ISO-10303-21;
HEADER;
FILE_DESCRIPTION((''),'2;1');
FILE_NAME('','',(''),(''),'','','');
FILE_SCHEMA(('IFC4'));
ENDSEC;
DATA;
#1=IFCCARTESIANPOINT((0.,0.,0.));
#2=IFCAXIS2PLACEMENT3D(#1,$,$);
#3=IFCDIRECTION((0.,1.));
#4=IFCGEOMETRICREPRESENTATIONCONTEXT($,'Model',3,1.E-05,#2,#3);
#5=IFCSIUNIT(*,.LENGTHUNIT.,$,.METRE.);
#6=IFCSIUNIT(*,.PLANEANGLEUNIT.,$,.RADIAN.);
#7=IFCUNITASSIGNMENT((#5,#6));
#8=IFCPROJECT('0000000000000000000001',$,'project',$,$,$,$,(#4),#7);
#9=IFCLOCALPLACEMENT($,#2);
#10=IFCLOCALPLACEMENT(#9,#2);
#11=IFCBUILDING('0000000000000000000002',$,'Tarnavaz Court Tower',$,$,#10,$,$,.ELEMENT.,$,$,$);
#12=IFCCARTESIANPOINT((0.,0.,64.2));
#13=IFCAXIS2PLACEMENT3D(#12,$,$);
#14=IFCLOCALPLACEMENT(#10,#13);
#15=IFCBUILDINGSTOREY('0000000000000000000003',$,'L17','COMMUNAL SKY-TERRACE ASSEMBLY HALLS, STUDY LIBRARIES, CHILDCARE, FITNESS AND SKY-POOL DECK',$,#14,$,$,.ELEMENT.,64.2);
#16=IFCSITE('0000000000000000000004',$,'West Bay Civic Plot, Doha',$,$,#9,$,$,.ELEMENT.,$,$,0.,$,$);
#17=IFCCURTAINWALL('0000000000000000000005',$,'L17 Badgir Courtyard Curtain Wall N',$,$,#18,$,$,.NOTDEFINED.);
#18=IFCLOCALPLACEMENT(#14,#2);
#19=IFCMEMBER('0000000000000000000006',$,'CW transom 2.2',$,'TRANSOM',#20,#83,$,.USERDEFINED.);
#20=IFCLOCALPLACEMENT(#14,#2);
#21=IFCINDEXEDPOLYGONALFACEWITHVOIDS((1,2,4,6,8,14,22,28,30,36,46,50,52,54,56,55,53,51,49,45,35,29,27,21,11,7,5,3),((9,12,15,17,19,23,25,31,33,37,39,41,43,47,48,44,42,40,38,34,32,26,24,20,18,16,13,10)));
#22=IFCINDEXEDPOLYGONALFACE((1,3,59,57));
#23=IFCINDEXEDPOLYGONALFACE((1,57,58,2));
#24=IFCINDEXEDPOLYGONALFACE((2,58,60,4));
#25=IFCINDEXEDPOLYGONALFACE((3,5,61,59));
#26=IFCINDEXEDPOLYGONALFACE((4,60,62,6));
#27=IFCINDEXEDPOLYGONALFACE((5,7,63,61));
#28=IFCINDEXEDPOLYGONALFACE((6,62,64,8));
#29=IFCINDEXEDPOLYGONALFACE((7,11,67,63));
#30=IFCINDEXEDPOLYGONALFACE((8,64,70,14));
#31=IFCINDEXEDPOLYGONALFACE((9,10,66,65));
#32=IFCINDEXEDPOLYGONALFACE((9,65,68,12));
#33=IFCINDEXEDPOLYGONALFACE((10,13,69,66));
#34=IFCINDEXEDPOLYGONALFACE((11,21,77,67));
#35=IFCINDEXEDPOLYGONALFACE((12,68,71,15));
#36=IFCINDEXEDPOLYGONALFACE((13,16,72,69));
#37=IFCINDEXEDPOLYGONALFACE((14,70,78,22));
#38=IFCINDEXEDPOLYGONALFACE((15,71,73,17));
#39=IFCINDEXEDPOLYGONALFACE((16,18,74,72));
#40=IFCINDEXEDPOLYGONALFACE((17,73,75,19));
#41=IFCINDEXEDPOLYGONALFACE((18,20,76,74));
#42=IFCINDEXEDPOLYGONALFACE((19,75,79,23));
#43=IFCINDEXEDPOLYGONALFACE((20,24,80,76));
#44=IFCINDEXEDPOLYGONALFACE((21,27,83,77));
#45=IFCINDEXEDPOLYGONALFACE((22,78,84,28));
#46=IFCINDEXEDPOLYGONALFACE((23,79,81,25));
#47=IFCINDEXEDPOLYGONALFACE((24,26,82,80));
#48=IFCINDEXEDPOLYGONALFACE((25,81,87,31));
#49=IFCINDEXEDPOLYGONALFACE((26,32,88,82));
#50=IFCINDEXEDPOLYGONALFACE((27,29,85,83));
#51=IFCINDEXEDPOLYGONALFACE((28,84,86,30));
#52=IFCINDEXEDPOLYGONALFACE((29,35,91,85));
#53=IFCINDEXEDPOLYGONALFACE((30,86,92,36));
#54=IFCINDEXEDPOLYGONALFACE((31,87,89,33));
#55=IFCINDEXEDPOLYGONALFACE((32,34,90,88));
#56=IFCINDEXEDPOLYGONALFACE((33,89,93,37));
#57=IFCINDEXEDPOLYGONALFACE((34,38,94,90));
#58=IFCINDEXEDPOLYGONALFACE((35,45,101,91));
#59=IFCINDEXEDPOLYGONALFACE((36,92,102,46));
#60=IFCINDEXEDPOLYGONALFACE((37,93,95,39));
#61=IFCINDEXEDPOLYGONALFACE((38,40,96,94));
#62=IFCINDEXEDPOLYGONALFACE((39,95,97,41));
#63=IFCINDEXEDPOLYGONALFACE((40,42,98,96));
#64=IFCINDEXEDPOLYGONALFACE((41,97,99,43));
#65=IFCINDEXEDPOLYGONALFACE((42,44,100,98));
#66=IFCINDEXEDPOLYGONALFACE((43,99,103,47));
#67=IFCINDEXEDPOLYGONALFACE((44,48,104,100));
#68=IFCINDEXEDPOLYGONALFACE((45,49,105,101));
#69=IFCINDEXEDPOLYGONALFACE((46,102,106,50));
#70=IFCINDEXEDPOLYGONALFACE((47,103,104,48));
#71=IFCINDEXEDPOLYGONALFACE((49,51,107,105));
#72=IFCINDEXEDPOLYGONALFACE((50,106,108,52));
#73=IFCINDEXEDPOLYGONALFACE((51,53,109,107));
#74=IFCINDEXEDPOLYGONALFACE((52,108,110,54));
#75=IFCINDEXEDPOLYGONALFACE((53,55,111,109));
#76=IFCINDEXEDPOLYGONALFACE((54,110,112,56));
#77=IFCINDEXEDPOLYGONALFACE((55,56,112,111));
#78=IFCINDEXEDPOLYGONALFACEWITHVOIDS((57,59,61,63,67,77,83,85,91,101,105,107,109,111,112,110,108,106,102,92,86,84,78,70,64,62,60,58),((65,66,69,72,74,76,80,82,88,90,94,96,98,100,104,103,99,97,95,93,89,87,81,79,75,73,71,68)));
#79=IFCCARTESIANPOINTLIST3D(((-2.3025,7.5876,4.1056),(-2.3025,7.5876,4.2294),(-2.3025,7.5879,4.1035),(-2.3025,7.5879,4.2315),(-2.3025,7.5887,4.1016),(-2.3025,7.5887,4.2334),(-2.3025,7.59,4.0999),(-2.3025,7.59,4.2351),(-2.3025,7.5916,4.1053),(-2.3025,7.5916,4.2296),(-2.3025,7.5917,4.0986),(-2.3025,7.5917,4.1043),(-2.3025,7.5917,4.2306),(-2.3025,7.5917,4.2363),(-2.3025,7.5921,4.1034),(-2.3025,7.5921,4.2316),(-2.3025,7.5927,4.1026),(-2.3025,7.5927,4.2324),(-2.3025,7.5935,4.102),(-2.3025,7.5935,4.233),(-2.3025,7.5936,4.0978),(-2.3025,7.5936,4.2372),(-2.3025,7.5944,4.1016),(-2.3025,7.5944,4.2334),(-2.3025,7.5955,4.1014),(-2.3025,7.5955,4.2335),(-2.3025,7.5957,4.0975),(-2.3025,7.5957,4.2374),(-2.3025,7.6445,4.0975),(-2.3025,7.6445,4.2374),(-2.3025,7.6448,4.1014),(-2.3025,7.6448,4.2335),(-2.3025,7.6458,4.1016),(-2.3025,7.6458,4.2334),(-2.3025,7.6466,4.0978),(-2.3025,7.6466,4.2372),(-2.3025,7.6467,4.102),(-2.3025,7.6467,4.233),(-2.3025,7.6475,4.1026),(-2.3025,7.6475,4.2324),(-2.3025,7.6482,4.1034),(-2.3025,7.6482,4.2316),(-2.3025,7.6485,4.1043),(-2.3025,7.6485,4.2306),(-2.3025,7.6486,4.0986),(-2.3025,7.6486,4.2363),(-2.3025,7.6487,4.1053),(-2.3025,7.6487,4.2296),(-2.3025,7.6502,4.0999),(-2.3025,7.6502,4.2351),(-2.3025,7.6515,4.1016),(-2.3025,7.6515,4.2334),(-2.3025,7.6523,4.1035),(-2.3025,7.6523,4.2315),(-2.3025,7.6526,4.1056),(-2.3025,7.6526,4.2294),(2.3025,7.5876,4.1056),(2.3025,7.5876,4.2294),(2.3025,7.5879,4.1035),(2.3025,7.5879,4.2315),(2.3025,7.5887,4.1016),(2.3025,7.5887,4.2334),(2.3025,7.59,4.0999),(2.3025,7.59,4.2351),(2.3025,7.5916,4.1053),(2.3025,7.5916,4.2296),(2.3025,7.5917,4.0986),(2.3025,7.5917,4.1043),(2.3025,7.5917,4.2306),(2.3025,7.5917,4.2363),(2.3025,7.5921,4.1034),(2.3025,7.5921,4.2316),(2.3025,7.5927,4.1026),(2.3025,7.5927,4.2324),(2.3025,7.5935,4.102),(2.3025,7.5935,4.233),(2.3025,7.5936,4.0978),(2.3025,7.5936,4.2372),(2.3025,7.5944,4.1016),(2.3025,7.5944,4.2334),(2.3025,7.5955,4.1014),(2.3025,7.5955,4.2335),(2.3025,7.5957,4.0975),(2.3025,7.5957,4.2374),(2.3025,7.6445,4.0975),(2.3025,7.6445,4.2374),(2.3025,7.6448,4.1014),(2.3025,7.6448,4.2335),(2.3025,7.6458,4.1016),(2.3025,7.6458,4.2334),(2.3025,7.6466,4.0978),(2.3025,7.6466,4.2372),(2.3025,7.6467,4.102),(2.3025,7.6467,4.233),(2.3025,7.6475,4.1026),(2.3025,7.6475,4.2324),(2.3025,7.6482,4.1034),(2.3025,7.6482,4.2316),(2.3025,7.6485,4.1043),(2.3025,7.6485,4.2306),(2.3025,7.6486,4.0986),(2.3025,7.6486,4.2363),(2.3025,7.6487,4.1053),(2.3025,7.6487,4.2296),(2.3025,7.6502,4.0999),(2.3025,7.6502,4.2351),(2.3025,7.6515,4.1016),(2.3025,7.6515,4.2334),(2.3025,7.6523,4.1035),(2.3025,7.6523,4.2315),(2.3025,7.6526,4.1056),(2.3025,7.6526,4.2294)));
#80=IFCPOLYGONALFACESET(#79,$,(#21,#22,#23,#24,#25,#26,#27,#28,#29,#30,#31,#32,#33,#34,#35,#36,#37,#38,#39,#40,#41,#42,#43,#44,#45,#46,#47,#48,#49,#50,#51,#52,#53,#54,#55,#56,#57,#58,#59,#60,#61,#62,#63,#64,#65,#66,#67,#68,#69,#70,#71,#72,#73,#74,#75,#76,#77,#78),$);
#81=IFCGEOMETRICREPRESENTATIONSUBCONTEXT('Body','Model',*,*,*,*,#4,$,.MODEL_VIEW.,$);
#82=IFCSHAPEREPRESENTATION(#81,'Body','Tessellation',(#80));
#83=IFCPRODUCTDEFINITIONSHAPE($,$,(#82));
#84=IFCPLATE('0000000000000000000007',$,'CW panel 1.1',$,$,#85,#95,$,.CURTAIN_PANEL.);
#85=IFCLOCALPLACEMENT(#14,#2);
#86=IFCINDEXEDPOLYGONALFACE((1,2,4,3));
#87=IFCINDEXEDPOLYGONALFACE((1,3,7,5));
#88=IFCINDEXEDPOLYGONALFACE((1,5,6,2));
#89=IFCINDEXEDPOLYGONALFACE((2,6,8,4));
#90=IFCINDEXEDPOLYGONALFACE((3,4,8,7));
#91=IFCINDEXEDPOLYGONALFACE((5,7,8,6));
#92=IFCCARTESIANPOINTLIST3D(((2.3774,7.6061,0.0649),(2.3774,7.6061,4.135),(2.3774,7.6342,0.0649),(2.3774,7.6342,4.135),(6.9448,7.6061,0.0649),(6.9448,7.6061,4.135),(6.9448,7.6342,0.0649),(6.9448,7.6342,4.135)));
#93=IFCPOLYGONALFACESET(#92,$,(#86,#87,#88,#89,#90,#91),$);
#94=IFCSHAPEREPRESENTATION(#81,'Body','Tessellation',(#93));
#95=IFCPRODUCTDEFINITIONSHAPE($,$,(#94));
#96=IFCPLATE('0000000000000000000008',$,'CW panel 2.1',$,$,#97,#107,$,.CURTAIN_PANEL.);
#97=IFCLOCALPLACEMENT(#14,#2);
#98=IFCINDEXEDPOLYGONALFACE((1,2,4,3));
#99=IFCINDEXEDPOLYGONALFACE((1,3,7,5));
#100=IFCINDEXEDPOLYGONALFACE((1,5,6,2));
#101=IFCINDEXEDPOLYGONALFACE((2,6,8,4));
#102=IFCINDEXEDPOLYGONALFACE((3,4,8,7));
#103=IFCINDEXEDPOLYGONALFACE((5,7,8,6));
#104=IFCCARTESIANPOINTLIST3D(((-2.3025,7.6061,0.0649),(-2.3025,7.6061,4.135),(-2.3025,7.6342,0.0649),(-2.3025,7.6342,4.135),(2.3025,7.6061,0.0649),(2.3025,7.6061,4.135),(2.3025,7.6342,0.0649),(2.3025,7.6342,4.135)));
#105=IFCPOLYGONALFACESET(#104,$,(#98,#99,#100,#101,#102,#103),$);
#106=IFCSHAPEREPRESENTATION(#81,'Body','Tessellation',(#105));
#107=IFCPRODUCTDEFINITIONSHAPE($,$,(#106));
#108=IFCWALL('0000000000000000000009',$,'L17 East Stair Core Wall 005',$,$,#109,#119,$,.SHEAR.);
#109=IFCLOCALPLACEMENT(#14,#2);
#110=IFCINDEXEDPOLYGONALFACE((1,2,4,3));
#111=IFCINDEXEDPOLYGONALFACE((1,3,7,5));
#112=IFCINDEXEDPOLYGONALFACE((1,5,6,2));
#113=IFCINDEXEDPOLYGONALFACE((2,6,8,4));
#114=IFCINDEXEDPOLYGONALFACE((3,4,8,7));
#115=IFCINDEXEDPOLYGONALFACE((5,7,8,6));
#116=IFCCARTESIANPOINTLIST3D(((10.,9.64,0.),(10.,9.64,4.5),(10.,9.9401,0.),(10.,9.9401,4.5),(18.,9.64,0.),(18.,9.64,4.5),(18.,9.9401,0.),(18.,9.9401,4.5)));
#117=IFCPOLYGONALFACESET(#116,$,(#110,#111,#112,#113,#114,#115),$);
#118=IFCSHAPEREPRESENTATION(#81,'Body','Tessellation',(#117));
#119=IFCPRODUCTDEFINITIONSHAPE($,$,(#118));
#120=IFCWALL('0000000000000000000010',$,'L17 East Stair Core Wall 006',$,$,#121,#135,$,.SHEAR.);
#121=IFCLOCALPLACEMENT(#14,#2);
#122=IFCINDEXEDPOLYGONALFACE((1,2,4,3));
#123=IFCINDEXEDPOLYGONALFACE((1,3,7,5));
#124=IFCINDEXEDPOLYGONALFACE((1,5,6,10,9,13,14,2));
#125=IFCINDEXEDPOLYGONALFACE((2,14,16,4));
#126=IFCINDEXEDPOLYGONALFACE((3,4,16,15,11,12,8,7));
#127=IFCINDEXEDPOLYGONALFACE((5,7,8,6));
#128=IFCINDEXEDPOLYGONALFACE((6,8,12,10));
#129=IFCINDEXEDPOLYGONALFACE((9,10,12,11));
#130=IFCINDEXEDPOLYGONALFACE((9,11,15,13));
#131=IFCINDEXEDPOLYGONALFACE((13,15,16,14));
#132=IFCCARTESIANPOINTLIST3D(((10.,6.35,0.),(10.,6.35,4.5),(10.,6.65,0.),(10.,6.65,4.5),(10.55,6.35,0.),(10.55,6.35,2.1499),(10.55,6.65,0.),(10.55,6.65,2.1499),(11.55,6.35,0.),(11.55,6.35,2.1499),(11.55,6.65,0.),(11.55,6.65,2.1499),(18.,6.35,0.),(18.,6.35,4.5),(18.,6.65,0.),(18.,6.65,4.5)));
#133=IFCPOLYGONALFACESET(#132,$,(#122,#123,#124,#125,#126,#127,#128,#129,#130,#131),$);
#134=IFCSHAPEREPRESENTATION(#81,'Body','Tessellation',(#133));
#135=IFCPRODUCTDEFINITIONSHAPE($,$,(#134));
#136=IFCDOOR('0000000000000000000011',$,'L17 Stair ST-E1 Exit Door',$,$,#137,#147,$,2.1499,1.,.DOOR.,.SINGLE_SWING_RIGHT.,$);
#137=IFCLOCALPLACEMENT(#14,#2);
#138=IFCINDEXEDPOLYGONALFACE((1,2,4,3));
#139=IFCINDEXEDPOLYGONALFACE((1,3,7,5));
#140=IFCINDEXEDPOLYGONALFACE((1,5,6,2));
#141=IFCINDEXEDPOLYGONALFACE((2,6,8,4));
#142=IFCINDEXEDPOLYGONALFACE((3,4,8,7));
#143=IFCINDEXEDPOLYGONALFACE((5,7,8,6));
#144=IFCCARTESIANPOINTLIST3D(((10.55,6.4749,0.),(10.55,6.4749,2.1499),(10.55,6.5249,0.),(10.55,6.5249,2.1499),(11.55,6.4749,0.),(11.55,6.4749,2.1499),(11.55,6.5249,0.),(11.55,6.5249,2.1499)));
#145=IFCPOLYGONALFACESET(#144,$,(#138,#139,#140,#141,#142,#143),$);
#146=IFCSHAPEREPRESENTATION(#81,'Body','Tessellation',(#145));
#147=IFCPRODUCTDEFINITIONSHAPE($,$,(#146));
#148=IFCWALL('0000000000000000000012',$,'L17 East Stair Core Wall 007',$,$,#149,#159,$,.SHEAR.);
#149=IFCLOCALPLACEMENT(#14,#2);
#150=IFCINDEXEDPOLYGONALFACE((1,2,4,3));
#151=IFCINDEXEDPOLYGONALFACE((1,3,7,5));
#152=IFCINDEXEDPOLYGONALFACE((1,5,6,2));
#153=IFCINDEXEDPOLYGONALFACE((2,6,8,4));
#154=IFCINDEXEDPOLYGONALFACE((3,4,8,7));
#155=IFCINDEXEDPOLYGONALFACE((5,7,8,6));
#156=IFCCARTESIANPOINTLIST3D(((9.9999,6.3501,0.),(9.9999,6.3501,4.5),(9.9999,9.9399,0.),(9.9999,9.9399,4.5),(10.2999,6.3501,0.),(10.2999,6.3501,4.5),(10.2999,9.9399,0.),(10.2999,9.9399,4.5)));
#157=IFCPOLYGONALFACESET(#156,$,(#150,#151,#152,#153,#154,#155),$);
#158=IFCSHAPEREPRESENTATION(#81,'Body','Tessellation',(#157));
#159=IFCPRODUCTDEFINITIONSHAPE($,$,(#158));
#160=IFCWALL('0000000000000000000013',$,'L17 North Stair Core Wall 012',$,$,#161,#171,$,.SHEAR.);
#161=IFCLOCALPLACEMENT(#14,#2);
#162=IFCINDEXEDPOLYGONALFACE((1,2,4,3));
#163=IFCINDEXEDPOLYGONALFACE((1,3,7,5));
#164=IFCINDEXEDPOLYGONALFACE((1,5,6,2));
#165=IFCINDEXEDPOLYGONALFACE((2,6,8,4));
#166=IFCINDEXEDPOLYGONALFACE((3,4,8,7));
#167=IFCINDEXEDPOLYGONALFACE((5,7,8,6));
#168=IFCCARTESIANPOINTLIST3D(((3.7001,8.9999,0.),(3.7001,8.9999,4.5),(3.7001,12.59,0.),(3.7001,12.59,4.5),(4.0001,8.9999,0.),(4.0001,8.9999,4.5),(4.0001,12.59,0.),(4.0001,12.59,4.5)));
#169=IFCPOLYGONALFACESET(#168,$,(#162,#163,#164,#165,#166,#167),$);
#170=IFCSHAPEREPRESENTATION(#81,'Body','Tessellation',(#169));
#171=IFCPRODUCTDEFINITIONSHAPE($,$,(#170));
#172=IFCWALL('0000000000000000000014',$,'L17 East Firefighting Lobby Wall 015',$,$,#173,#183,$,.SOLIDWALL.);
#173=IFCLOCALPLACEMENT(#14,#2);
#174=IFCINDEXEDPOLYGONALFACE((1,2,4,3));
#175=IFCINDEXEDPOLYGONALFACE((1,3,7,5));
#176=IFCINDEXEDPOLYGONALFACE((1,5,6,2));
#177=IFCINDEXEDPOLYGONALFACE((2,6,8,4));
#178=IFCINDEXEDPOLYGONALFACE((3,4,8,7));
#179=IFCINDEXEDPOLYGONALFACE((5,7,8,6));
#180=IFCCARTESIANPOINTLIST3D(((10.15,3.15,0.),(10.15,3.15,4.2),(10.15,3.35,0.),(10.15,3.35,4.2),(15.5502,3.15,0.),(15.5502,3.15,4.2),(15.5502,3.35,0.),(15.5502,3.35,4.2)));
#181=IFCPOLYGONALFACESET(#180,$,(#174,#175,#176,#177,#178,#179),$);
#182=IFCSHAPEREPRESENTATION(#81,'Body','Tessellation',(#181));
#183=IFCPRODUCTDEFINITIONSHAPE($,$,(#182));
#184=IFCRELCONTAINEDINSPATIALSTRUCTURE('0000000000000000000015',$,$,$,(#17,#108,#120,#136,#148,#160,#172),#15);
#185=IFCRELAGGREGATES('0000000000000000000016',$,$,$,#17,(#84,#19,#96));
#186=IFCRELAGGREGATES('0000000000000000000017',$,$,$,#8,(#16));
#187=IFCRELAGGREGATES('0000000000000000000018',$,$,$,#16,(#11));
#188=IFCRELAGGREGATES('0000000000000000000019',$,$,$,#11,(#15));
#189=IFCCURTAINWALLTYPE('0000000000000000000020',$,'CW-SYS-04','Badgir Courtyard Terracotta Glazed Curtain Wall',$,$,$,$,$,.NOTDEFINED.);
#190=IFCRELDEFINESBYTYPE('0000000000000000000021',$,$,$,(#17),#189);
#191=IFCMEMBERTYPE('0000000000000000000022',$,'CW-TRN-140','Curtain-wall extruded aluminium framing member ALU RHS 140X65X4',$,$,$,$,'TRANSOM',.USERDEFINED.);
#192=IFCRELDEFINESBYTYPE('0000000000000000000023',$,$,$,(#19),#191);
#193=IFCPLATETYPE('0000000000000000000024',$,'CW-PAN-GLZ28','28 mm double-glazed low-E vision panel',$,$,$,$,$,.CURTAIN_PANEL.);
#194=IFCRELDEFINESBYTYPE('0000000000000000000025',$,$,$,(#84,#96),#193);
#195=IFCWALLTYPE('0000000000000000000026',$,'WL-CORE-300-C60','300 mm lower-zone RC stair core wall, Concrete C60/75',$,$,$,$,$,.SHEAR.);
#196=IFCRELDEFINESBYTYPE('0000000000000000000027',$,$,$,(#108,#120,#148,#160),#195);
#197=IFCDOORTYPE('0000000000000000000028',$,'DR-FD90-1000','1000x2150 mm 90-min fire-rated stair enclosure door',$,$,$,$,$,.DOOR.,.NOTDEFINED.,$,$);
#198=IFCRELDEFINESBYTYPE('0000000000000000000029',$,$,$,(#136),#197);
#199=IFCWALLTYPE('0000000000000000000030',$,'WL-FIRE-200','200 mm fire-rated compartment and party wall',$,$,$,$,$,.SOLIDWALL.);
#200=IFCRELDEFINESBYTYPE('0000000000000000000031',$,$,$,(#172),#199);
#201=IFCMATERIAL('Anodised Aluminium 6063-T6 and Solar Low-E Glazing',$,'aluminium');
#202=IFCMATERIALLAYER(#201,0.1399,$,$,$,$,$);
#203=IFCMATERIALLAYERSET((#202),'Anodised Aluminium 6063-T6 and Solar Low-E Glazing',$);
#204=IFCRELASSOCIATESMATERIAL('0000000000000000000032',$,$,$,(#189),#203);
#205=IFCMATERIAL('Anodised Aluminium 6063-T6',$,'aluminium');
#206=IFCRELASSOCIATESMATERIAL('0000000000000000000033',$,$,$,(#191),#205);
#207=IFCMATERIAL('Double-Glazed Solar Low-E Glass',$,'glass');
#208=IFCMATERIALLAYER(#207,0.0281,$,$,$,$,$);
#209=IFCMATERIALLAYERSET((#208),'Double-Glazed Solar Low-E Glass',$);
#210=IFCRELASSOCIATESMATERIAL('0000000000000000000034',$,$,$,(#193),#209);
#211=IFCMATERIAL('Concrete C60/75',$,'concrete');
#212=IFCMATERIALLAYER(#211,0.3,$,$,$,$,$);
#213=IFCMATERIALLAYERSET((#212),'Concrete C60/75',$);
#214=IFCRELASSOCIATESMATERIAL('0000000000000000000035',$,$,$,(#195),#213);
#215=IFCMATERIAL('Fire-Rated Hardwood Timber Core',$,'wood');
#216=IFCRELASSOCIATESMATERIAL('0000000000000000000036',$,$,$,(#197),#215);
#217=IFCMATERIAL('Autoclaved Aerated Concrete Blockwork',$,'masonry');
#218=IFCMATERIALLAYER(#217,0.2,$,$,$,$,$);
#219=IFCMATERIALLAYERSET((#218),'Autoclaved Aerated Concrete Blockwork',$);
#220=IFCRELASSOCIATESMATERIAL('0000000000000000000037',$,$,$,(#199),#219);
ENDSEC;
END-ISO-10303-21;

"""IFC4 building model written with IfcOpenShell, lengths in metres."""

from ifc_helpers import new_model, si_unit, direction, frame, frame_2d, origin, origin_2d, place, context, subcontext, project, spatial, rectangle, hollow_rectangle, extrude, material, layer, layer_set, material_profile, profile_set, type_object, element, fill, aggregate, save


model = new_model("IFC4")

# Units and contexts
model_context = context("Model", 3, precision=1e-05, world=origin(), true_north=direction((0.0, 1.0)))
body_context = subcontext(model_context, "Body", "Model", "MODEL_VIEW")
ifc_project = project(units=[si_unit("LENGTHUNIT", "METRE"), si_unit("PLANEANGLEUNIT", "RADIAN")], contexts=[model_context])

# Site, building, storey
site_placement = place(None, origin())
site = spatial("IfcSite", under=ifc_project, at=site_placement, Name="West Bay Civic Plot, Doha", CompositionType="ELEMENT", RefElevation=0.0)
building_placement = place(site_placement, origin())
building = spatial("IfcBuilding", under=site, at=building_placement, Name="Tarnavaz Court Tower", CompositionType="ELEMENT")
storey_placement = place(building_placement, frame((0.0, 0.0, 64.2)))
storey = spatial("IfcBuildingStorey", under=building, at=storey_placement, Name="L17", Description="COMMUNAL SKY-TERRACE ASSEMBLY HALLS, STUDY LIBRARIES, CHILDCARE, FITNESS AND SKY-POOL DECK", CompositionType="ELEMENT", Elevation=64.2)

# Shared definitions
ifc_material_1 = material(Name="Concrete C60/75", Category="concrete")

# Curtain wall, member, plates
ifc_material_2 = material(Name="Anodised Aluminium 6063-T6 and Solar Low-E Glazing", Category="aluminium")
ifc_layer_1 = layer(ifc_material_2, 0.1399)
ifc_layer_set_1 = layer_set([ifc_layer_1], Name="Anodised Aluminium 6063-T6 and Solar Low-E Glazing")
curtain_wall_type = type_object("IfcCurtainWallType", Name="CW-SYS-04", Description="Badgir Courtyard Terracotta Glazed Curtain Wall", PredefinedType="NOTDEFINED", material=ifc_layer_set_1)
curtain_wall_placement = place(storey_placement, origin())
curtain_wall = element("IfcCurtainWall", 1, at=curtain_wall_placement, inside=storey, type_object=curtain_wall_type, Name="L17 Badgir Courtyard Curtain Wall N", PredefinedType="NOTDEFINED")
ifc_material_3 = material(Name="Anodised Aluminium 6063-T6", Category="aluminium")
ifc_material_profile_1 = material_profile(ifc_material_3, hollow_rectangle(XDim=0.0649, YDim=0.1399, WallThickness=0.0039, InnerFilletRadius=0.0039, OuterFilletRadius=0.0081, at=origin_2d()), Name="ALU RHS 140X65X4")
ifc_profile_set_1 = profile_set([ifc_material_profile_1], Name="Anodised Aluminium 6063-T6")
member_type_1 = type_object("IfcMemberType", Name="CW-TRN-140", Description="Curtain-wall extruded aluminium framing member ALU RHS 140X65X4", ElementType="TRANSOM", PredefinedType="USERDEFINED", material=ifc_profile_set_1)
member_1_placement = place(storey_placement, frame((2.3025, 7.6201, 4.1675), z_axis=(-1.0, 0.0, 0.0), x_axis=(0.0, -1.0, 0.0)))
member_1 = element("IfcMember", 2, at=member_1_placement, type_object=member_type_1, Name="CW transom 2.2", ObjectType="TRANSOM", PredefinedType="USERDEFINED", context=body_context, shape_type="SweptSolid", body=[
    extrude(hollow_rectangle(XDim=0.0649, YDim=0.1399, WallThickness=0.0039, InnerFilletRadius=0.0039, OuterFilletRadius=0.0081, at=origin_2d()), origin(), (0.0, 0.0, 1.0), 4.605),
])
ifc_material_4 = material(Name="Double-Glazed Solar Low-E Glass", Category="glass")
ifc_layer_2 = layer(ifc_material_4, 0.0281)
ifc_layer_set_2 = layer_set([ifc_layer_2], Name="Double-Glazed Solar Low-E Glass")
plate_type = type_object("IfcPlateType", Name="CW-PAN-GLZ28", Description="28 mm double-glazed low-E vision panel", PredefinedType="CURTAIN_PANEL", material=ifc_layer_set_2)
plate_1_placement = place(storey_placement, frame((4.6611, 7.6201, 0.0649), z_axis=(0.0, 0.0, 1.0), x_axis=(-1.0, 0.0, 0.0)))
plate_1 = element("IfcPlate", 3, at=plate_1_placement, type_object=plate_type, Name="CW panel 1.1", PredefinedType="CURTAIN_PANEL", context=body_context, shape_type="SweptSolid", body=[
    extrude(rectangle(XDim=4.5674, YDim=0.0281, at=origin_2d()), origin(), (0.0, 0.0, 1.0), 4.0701),
])
plate_2_placement = place(storey_placement, frame((0.0, 7.6201, 0.0649), z_axis=(0.0, 0.0, 1.0), x_axis=(-1.0, 0.0, 0.0)))
plate_2 = element("IfcPlate", 4, at=plate_2_placement, type_object=plate_type, Name="CW panel 2.1", PredefinedType="CURTAIN_PANEL", context=body_context, shape_type="SweptSolid", body=[
    extrude(rectangle(XDim=4.605, YDim=0.0281, at=origin_2d()), origin(), (0.0, 0.0, 1.0), 4.0701),
])
aggregate(curtain_wall, [plate_1, member_1, plate_2])

# Wall
ifc_layer_3 = layer(ifc_material_1, 0.3)
ifc_layer_set_3 = layer_set([ifc_layer_3], Name="Concrete C60/75")
wall_type_1 = type_object("IfcWallType", Name="WL-CORE-300-C60", Description="300 mm lower-zone RC stair core wall, Concrete C60/75", PredefinedType="SHEAR", material=ifc_layer_set_3)
wall_1_placement = place(storey_placement, frame((10.0, 9.79, 0.0), z_axis=(0.0, 0.0, 1.0), x_axis=(1.0, 0.0, 0.0)))
element("IfcWall", 5, at=wall_1_placement, inside=storey, type_object=wall_type_1, Name="L17 East Stair Core Wall 005", PredefinedType="SHEAR", context=body_context, shape_type="SweptSolid", body=[
    extrude(rectangle(XDim=8.0, YDim=0.3, at=frame_2d((4.0, 0.0))), origin(), (0.0, 0.0, 1.0), 4.5),
])

# Wall, opening, door
wall_2_placement = place(storey_placement, frame((10.0, 6.5, 0.0), z_axis=(0.0, 0.0, 1.0), x_axis=(1.0, 0.0, 0.0)))
wall_2 = element("IfcWall", 6, at=wall_2_placement, inside=storey, type_object=wall_type_1, Name="L17 East Stair Core Wall 006", PredefinedType="SHEAR", context=body_context, shape_type="SweptSolid", body=[
    extrude(rectangle(XDim=8.0, YDim=0.3, at=frame_2d((4.0, 0.0))), origin(), (0.0, 0.0, 1.0), 4.5),
])
opening_1_placement = place(wall_2_placement, frame((0.55, 0.0, 0.0)))
opening_1 = element("IfcOpeningElement", 7, at=opening_1_placement, cuts=wall_2, PredefinedType="OPENING", context=body_context, shape_type="SweptSolid", body=[
    extrude(rectangle(XDim=1.0, YDim=2.1499, at=frame_2d((0.5, 1.075))), frame((0.0, 0.1599, 0.0), z_axis=(0.0, -1.0, 0.0), x_axis=(1.0, 0.0, 0.0)), (0.0, 0.0, 1.0), 0.3201),
])
ifc_material_5 = material(Name="Fire-Rated Hardwood Timber Core", Category="wood")
door_type_1 = type_object("IfcDoorType", Name="DR-FD90-1000", Description="1000x2150 mm 90-min fire-rated stair enclosure door", OperationType="NOTDEFINED", PredefinedType="DOOR", material=ifc_material_5)
door_1_placement = place(opening_1_placement, origin())
door_1 = element("IfcDoor", 8, at=door_1_placement, inside=storey, type_object=door_type_1, Name="L17 Stair ST-E1 Exit Door", OperationType="SINGLE_SWING_RIGHT", OverallHeight=2.1499, OverallWidth=1.0, PredefinedType="DOOR", context=body_context, shape_type="SweptSolid", body=[
    extrude(rectangle(XDim=1.0, YDim=2.1499, at=frame_2d((0.5, 1.075))), frame((0.0, 0.0249, 0.0), z_axis=(0.0, -1.0, 0.0), x_axis=(1.0, 0.0, 0.0)), (0.0, 0.0, 1.0), 0.05),
])
fill(opening_1, door_1)

# Walls
wall_3_placement = place(storey_placement, frame((10.1499, 6.3501, 0.0), z_axis=(0.0, 0.0, 1.0), x_axis=(0.0, 1.0, 0.0)))
element("IfcWall", 9, at=wall_3_placement, inside=storey, type_object=wall_type_1, Name="L17 East Stair Core Wall 007", PredefinedType="SHEAR", context=body_context, shape_type="SweptSolid", body=[
    extrude(rectangle(XDim=3.5898, YDim=0.3, at=frame_2d((1.7949, 0.0))), origin(), (0.0, 0.0, 1.0), 4.5),
])
wall_4_placement = place(storey_placement, frame((3.8501, 9.0, 0.0), z_axis=(0.0, 0.0, 1.0), x_axis=(0.0, 1.0, 0.0)))
element("IfcWall", 10, at=wall_4_placement, inside=storey, type_object=wall_type_1, Name="L17 North Stair Core Wall 012", PredefinedType="SHEAR", context=body_context, shape_type="SweptSolid", body=[
    extrude(rectangle(XDim=3.5901, YDim=0.3, at=frame_2d((1.7949, 0.0))), origin(), (0.0, 0.0, 1.0), 4.5),
])
ifc_material_6 = material(Name="Autoclaved Aerated Concrete Blockwork", Category="masonry")
ifc_layer_4 = layer(ifc_material_6, 0.2)
ifc_layer_set_4 = layer_set([ifc_layer_4], Name="Autoclaved Aerated Concrete Blockwork")
wall_type_2 = type_object("IfcWallType", Name="WL-FIRE-200", Description="200 mm fire-rated compartment and party wall", PredefinedType="SOLIDWALL", material=ifc_layer_set_4)
wall_5_placement = place(storey_placement, frame((10.1499, 3.25, 0.0), z_axis=(0.0, 0.0, 1.0), x_axis=(1.0, 0.0, 0.0)))
element("IfcWall", 11, at=wall_5_placement, inside=storey, type_object=wall_type_2, Name="L17 East Firefighting Lobby Wall 015", PredefinedType="SOLIDWALL", context=body_context, shape_type="SweptSolid", body=[
    extrude(rectangle(XDim=5.4001, YDim=0.2, at=frame_2d((2.7002, 0.0))), origin(), (0.0, 0.0, 1.0), 4.2),
])

save(model, "model.ifc")
